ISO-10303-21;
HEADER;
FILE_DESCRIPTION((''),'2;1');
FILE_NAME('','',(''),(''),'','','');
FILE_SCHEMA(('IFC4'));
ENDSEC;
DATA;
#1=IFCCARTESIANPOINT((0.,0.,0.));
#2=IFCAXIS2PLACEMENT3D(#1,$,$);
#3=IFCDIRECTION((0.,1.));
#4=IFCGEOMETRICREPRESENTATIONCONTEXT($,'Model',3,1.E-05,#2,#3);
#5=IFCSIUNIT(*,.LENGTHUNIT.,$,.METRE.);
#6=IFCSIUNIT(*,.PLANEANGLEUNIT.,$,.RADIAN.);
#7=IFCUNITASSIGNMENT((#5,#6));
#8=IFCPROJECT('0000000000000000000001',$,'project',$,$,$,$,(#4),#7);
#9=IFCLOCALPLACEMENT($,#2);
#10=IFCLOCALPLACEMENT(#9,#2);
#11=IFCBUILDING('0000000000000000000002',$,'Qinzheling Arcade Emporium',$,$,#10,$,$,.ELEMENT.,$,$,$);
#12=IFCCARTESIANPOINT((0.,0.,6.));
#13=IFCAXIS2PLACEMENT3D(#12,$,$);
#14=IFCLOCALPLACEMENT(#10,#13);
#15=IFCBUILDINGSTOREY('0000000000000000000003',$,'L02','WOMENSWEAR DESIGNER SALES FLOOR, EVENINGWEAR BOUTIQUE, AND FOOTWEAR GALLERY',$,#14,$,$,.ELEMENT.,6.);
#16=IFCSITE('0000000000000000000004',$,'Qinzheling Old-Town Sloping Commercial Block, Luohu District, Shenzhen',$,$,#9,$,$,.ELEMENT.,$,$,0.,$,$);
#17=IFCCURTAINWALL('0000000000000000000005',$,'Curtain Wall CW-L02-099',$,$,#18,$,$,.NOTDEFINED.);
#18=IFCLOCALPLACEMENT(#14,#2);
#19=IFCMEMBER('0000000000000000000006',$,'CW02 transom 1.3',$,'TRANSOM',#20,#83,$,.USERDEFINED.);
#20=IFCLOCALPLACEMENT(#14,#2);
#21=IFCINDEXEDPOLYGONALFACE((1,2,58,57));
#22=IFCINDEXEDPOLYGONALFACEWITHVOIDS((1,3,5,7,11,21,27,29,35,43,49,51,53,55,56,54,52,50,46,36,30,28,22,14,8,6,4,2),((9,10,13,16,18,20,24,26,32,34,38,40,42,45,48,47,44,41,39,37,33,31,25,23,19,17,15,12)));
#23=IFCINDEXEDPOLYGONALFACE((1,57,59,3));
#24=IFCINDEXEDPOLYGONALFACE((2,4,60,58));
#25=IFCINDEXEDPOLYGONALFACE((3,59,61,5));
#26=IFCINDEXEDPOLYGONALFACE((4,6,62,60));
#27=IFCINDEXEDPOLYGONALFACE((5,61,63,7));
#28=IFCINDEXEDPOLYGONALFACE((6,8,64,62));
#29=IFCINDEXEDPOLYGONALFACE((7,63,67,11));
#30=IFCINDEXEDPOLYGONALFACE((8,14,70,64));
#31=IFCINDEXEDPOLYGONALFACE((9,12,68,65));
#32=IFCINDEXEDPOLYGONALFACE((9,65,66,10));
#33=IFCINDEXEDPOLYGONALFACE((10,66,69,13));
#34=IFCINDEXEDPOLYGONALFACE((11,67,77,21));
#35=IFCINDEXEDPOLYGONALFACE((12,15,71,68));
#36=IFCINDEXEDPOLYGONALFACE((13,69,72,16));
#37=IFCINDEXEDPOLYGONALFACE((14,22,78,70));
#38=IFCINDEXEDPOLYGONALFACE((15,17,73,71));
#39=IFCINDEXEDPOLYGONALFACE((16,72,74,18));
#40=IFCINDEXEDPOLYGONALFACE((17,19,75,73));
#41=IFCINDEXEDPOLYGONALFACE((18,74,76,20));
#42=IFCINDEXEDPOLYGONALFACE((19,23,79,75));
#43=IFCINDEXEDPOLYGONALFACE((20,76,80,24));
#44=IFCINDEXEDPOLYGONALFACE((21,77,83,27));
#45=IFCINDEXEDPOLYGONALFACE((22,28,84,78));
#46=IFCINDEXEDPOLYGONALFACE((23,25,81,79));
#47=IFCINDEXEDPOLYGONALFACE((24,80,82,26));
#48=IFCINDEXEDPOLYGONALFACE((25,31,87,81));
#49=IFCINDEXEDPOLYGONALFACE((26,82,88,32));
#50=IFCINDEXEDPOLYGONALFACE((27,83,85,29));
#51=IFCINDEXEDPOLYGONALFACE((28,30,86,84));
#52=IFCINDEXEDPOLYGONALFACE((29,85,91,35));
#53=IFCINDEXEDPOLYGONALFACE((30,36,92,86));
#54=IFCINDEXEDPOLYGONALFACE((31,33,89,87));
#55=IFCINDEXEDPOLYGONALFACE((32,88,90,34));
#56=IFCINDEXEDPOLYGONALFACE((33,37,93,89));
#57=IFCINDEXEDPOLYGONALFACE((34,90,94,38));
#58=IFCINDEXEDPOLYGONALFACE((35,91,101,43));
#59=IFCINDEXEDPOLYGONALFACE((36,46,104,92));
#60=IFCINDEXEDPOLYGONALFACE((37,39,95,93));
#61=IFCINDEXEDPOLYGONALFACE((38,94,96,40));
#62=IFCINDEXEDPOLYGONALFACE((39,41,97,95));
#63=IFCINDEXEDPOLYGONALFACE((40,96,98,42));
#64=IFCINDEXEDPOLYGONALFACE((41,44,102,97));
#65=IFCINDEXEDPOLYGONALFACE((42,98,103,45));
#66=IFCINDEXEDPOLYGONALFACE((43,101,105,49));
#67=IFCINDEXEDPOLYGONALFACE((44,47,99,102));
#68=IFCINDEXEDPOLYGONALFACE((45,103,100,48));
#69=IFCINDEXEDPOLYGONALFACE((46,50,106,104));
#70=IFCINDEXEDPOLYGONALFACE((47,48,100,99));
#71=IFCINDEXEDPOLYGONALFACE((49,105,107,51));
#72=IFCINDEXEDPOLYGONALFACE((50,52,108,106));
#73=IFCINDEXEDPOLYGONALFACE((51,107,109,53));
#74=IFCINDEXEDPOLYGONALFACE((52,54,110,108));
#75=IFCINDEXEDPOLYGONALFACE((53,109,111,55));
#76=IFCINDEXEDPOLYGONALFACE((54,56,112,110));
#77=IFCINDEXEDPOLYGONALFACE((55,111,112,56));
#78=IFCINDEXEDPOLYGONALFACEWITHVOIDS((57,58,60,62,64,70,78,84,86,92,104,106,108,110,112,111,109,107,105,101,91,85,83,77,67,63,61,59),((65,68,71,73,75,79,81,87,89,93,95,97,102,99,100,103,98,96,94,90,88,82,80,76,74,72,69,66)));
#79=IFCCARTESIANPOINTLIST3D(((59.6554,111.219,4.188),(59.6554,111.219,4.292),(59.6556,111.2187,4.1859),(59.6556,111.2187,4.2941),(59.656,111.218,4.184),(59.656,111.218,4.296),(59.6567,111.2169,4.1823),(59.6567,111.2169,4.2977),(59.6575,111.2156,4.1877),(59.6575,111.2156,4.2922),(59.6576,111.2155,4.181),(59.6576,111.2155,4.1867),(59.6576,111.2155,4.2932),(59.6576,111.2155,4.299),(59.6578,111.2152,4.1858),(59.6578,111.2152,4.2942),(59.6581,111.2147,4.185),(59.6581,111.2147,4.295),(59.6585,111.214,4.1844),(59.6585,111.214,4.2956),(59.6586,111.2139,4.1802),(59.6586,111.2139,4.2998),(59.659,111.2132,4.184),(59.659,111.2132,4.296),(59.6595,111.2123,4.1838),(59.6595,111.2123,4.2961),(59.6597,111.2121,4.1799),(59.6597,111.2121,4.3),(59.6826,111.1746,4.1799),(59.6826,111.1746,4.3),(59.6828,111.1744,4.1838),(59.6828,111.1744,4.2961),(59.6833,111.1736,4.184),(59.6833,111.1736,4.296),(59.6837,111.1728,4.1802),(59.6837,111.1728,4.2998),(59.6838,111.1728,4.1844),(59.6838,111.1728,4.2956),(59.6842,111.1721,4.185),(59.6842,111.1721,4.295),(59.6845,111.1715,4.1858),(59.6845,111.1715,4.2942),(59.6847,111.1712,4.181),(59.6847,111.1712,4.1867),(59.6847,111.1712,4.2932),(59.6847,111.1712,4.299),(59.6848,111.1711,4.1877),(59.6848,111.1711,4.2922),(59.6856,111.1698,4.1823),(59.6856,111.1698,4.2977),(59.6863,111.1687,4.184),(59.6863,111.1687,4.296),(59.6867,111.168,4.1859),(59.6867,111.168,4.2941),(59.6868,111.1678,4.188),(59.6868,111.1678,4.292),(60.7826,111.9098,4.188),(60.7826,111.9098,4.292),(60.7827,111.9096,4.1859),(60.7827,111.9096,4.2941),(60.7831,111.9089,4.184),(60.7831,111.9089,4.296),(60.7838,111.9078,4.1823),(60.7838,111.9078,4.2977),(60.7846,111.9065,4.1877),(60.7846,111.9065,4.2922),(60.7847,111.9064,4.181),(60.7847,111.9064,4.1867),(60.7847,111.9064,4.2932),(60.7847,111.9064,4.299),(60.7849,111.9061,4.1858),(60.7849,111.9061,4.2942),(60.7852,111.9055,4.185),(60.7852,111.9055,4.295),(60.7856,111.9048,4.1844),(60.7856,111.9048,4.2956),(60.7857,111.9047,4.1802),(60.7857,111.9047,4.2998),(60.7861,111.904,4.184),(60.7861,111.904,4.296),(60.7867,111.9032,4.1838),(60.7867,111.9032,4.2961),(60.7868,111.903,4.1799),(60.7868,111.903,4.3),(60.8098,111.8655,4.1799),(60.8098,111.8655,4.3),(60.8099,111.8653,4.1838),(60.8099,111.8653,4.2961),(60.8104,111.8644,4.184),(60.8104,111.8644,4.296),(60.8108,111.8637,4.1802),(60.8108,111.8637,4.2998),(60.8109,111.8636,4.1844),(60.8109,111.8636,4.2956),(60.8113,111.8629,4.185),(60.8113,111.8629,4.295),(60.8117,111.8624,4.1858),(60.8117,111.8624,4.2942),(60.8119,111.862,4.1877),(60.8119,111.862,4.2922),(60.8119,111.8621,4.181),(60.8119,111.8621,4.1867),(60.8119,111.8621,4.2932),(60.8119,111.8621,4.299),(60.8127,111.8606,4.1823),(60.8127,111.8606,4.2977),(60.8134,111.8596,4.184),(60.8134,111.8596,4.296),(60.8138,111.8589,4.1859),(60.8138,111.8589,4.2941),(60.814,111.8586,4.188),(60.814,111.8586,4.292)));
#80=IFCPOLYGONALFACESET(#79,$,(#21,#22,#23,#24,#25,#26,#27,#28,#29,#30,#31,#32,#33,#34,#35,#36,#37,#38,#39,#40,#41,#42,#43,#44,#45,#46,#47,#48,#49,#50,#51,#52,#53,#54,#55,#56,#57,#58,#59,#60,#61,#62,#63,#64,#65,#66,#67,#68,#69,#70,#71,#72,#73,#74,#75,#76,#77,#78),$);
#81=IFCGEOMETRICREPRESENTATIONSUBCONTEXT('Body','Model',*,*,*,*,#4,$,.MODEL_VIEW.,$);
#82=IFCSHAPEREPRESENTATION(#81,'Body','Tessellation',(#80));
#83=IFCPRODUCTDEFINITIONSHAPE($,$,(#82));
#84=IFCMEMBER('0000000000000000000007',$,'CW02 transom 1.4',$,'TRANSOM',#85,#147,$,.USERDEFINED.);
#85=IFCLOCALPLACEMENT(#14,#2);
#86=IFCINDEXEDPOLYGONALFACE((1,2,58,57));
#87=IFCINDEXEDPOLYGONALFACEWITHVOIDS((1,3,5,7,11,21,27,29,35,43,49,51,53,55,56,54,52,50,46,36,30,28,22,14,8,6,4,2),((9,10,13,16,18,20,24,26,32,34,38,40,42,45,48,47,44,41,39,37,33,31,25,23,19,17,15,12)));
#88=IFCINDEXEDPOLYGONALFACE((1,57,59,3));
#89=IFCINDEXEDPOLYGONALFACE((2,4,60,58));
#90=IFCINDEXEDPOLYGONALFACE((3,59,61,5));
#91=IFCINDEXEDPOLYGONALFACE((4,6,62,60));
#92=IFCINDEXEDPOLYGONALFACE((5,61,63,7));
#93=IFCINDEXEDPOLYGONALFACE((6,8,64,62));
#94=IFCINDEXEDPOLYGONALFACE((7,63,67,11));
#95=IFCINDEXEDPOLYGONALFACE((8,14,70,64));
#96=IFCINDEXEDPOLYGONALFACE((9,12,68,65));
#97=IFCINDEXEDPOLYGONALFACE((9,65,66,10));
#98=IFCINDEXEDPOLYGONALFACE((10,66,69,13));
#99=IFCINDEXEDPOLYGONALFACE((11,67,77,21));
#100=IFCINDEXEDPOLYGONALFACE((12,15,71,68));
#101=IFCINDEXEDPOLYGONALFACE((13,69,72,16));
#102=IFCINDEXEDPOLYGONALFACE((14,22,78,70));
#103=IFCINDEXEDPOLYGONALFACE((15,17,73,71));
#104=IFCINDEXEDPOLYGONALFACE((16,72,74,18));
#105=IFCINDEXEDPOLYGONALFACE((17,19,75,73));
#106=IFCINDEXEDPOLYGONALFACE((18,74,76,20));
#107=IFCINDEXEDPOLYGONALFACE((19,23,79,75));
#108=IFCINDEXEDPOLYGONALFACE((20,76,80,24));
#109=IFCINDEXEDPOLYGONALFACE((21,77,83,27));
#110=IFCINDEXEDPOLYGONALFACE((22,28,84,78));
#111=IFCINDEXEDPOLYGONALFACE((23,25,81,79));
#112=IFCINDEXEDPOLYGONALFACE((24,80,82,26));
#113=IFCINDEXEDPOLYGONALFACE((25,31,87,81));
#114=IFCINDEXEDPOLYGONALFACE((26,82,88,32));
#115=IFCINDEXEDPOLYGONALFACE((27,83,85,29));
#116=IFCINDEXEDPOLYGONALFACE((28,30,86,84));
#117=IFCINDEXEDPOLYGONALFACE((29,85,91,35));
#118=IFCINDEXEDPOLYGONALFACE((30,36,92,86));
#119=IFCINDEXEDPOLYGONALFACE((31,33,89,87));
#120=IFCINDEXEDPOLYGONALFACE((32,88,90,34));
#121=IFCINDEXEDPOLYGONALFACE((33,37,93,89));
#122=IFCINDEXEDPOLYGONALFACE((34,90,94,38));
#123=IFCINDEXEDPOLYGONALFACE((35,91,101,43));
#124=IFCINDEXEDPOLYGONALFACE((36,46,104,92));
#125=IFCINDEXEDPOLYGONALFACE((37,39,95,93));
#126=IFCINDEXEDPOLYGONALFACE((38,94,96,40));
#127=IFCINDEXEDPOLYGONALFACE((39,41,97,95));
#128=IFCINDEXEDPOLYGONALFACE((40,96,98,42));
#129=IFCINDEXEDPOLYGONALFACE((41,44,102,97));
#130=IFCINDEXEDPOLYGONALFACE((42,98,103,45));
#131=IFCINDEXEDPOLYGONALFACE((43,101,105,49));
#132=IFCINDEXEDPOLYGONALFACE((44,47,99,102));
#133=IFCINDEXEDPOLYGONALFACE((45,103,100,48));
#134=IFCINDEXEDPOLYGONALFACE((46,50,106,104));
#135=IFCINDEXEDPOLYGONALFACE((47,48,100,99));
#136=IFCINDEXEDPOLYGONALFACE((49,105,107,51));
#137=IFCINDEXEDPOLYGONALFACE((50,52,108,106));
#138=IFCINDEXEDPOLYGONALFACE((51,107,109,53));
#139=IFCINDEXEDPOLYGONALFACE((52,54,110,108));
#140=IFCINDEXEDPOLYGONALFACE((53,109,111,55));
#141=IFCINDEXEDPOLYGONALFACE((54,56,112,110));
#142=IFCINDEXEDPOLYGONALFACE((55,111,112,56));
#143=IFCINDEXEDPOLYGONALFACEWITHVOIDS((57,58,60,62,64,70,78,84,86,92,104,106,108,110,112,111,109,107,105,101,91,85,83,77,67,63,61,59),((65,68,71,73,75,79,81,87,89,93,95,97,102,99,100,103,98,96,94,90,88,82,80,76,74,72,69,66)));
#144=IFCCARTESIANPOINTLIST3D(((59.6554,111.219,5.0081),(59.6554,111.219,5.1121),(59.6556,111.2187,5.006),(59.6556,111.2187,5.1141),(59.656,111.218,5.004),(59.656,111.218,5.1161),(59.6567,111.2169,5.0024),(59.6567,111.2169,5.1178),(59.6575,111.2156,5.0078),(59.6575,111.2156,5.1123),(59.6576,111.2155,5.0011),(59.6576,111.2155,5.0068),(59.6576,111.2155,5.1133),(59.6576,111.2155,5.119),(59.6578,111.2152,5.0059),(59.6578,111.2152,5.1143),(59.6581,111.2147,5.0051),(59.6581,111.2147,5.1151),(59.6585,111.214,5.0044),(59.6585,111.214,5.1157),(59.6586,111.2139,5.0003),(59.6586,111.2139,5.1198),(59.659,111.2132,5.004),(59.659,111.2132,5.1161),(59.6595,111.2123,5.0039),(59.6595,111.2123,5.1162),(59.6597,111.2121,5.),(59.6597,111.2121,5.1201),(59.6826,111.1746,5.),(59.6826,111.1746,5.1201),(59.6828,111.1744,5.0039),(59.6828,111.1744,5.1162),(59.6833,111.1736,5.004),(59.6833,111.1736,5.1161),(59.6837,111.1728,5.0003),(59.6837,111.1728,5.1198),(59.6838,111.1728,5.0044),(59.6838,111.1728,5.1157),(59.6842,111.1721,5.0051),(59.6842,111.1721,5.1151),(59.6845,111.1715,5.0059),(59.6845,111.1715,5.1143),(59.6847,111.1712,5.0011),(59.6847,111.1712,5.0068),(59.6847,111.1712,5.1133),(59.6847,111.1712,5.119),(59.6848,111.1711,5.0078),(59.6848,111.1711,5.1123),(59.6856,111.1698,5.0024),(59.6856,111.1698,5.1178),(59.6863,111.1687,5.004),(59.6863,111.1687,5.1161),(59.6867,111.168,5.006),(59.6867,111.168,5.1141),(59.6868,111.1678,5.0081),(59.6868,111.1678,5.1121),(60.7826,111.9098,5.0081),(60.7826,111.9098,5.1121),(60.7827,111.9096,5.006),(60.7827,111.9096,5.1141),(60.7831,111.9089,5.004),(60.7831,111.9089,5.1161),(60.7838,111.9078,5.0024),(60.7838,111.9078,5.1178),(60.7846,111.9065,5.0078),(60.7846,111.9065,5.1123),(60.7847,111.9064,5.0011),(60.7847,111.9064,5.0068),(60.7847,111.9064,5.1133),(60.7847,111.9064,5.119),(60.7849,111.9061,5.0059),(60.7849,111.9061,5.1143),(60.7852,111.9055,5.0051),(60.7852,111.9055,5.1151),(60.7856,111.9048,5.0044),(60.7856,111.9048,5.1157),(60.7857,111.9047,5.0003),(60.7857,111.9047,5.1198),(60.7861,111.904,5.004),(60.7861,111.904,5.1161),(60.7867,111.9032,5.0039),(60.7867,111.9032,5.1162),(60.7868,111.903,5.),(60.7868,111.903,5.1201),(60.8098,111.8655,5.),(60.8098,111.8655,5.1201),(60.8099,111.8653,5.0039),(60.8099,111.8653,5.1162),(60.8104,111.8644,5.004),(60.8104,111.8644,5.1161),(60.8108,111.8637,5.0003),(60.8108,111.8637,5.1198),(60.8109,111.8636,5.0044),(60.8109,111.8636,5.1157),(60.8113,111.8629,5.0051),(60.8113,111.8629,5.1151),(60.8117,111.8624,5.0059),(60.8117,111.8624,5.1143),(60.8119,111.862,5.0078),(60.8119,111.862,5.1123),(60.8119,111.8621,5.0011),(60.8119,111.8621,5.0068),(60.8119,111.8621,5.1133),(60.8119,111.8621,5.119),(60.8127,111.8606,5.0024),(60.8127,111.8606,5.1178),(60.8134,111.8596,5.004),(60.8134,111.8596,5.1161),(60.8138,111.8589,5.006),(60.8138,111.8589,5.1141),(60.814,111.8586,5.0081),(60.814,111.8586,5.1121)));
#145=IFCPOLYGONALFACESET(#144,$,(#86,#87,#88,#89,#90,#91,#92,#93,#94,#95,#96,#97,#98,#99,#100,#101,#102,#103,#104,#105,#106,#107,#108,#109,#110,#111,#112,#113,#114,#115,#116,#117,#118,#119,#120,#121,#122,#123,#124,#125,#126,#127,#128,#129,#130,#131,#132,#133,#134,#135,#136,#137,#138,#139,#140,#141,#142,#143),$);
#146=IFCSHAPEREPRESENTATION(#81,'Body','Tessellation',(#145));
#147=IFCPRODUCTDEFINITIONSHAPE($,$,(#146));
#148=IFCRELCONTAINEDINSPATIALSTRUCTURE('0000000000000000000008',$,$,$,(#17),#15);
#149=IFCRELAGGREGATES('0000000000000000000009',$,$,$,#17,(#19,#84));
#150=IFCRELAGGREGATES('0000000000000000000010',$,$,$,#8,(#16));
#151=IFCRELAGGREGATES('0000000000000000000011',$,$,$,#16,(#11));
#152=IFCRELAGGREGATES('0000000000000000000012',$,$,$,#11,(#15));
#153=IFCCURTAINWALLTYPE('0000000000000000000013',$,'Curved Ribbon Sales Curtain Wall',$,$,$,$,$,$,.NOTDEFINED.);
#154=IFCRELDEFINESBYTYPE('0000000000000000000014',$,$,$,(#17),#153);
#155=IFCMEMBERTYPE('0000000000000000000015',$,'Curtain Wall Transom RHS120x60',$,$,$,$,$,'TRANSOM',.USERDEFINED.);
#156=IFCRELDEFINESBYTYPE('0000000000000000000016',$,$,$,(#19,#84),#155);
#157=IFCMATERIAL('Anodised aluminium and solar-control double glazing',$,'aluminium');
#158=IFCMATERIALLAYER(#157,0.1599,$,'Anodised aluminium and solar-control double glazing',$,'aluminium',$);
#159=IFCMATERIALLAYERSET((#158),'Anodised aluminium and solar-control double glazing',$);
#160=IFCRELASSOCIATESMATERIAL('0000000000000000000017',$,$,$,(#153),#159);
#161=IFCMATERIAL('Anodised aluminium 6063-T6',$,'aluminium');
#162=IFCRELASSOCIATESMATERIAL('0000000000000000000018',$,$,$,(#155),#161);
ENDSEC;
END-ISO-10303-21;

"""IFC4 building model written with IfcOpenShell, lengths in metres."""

from ifc_helpers import new_model, si_unit, direction, frame, origin, origin_2d, place, context, subcontext, project, spatial, hollow_rectangle, extrude, material, layer, layer_set, material_profile, profile_set, type_object, element, aggregate, save


model = new_model("IFC4")

# Units and contexts
model_context = context("Model", 3, precision=1e-05, world=origin(), true_north=direction((0.0, 1.0)))
body_context = subcontext(model_context, "Body", "Model", "MODEL_VIEW")
ifc_project = project(units=[si_unit("LENGTHUNIT", "METRE"), si_unit("PLANEANGLEUNIT", "RADIAN")], contexts=[model_context])

# Site, building, storey
site_placement = place(None, origin())
site = spatial("IfcSite", under=ifc_project, at=site_placement, Name="Qinzheling Old-Town Sloping Commercial Block, Luohu District, Shenzhen", CompositionType="ELEMENT", RefElevation=0.0)
building_placement = place(site_placement, origin())
building = spatial("IfcBuilding", under=site, at=building_placement, Name="Qinzheling Arcade Emporium", CompositionType="ELEMENT")
storey_placement = place(building_placement, frame((0.0, 0.0, 6.0)))
storey = spatial("IfcBuildingStorey", under=building, at=storey_placement, Name="L02", Description="WOMENSWEAR DESIGNER SALES FLOOR, EVENINGWEAR BOUTIQUE, AND FOOTWEAR GALLERY", CompositionType="ELEMENT", Elevation=6.0)

# Curtain wall
ifc_material_1 = material(Name="Anodised aluminium and solar-control double glazing", Category="aluminium")
ifc_layer_1 = layer(ifc_material_1, 0.1599, Name="Anodised aluminium and solar-control double glazing", Category="aluminium")
ifc_layer_set_1 = layer_set([ifc_layer_1], Name="Anodised aluminium and solar-control double glazing")
curtain_wall_type = type_object("IfcCurtainWallType", Name="Curved Ribbon Sales Curtain Wall", PredefinedType="NOTDEFINED", material=ifc_layer_set_1)
curtain_wall_1_placement = place(storey_placement, origin())
curtain_wall_1 = element("IfcCurtainWall", 1, at=curtain_wall_1_placement, inside=storey, type_object=curtain_wall_type, Name="Curtain Wall CW-L02-099", PredefinedType="NOTDEFINED")
ifc_material_2 = material(Name="Anodised aluminium 6063-T6", Category="aluminium")

# Members
ifc_material_profile_1 = material_profile(ifc_material_2, hollow_rectangle(XDim=0.0601, YDim=0.1201, WallThickness=0.0039, InnerFilletRadius=0.0039, OuterFilletRadius=0.0081, at=origin_2d()), Name="RHS 120x60x4", Category="aluminium")
ifc_profile_set_1 = profile_set([ifc_material_profile_1], Name="Anodised aluminium 6063-T6")
member_type_1 = type_object("IfcMemberType", Name="Curtain Wall Transom RHS120x60", ElementType="TRANSOM", PredefinedType="USERDEFINED", material=ifc_profile_set_1)
member_1_placement = place(storey_placement, frame((59.6711, 111.1934, 4.24), z_axis=(0.852583, 0.522592, 0.0), x_axis=(-0.522592, 0.852583, 0.0)))
member_1 = element("IfcMember", 2, at=member_1_placement, type_object=member_type_1, Name="CW02 transom 1.3", ObjectType="TRANSOM", PredefinedType="USERDEFINED", context=body_context, shape_type="SweptSolid", body=[
    extrude(hollow_rectangle(XDim=0.0601, YDim=0.1201, WallThickness=0.0039, InnerFilletRadius=0.0039, OuterFilletRadius=0.0081, at=origin_2d()), origin(), (0.0, 0.0, 1.0), 1.322),
])
member_2_placement = place(storey_placement, frame((59.6711, 111.1934, 5.0601), z_axis=(0.852583, 0.522592, 0.0), x_axis=(-0.522592, 0.852583, 0.0)))
member_2 = element("IfcMember", 3, at=member_2_placement, type_object=member_type_1, Name="CW02 transom 1.4", ObjectType="TRANSOM", PredefinedType="USERDEFINED", context=body_context, shape_type="SweptSolid", body=[
    extrude(hollow_rectangle(XDim=0.0601, YDim=0.1201, WallThickness=0.0039, InnerFilletRadius=0.0039, OuterFilletRadius=0.0081, at=origin_2d()), origin(), (0.0, 0.0, 1.0), 1.322),
])

aggregate(curtain_wall_1, [member_1, member_2])

save(model, "model.ifc")
